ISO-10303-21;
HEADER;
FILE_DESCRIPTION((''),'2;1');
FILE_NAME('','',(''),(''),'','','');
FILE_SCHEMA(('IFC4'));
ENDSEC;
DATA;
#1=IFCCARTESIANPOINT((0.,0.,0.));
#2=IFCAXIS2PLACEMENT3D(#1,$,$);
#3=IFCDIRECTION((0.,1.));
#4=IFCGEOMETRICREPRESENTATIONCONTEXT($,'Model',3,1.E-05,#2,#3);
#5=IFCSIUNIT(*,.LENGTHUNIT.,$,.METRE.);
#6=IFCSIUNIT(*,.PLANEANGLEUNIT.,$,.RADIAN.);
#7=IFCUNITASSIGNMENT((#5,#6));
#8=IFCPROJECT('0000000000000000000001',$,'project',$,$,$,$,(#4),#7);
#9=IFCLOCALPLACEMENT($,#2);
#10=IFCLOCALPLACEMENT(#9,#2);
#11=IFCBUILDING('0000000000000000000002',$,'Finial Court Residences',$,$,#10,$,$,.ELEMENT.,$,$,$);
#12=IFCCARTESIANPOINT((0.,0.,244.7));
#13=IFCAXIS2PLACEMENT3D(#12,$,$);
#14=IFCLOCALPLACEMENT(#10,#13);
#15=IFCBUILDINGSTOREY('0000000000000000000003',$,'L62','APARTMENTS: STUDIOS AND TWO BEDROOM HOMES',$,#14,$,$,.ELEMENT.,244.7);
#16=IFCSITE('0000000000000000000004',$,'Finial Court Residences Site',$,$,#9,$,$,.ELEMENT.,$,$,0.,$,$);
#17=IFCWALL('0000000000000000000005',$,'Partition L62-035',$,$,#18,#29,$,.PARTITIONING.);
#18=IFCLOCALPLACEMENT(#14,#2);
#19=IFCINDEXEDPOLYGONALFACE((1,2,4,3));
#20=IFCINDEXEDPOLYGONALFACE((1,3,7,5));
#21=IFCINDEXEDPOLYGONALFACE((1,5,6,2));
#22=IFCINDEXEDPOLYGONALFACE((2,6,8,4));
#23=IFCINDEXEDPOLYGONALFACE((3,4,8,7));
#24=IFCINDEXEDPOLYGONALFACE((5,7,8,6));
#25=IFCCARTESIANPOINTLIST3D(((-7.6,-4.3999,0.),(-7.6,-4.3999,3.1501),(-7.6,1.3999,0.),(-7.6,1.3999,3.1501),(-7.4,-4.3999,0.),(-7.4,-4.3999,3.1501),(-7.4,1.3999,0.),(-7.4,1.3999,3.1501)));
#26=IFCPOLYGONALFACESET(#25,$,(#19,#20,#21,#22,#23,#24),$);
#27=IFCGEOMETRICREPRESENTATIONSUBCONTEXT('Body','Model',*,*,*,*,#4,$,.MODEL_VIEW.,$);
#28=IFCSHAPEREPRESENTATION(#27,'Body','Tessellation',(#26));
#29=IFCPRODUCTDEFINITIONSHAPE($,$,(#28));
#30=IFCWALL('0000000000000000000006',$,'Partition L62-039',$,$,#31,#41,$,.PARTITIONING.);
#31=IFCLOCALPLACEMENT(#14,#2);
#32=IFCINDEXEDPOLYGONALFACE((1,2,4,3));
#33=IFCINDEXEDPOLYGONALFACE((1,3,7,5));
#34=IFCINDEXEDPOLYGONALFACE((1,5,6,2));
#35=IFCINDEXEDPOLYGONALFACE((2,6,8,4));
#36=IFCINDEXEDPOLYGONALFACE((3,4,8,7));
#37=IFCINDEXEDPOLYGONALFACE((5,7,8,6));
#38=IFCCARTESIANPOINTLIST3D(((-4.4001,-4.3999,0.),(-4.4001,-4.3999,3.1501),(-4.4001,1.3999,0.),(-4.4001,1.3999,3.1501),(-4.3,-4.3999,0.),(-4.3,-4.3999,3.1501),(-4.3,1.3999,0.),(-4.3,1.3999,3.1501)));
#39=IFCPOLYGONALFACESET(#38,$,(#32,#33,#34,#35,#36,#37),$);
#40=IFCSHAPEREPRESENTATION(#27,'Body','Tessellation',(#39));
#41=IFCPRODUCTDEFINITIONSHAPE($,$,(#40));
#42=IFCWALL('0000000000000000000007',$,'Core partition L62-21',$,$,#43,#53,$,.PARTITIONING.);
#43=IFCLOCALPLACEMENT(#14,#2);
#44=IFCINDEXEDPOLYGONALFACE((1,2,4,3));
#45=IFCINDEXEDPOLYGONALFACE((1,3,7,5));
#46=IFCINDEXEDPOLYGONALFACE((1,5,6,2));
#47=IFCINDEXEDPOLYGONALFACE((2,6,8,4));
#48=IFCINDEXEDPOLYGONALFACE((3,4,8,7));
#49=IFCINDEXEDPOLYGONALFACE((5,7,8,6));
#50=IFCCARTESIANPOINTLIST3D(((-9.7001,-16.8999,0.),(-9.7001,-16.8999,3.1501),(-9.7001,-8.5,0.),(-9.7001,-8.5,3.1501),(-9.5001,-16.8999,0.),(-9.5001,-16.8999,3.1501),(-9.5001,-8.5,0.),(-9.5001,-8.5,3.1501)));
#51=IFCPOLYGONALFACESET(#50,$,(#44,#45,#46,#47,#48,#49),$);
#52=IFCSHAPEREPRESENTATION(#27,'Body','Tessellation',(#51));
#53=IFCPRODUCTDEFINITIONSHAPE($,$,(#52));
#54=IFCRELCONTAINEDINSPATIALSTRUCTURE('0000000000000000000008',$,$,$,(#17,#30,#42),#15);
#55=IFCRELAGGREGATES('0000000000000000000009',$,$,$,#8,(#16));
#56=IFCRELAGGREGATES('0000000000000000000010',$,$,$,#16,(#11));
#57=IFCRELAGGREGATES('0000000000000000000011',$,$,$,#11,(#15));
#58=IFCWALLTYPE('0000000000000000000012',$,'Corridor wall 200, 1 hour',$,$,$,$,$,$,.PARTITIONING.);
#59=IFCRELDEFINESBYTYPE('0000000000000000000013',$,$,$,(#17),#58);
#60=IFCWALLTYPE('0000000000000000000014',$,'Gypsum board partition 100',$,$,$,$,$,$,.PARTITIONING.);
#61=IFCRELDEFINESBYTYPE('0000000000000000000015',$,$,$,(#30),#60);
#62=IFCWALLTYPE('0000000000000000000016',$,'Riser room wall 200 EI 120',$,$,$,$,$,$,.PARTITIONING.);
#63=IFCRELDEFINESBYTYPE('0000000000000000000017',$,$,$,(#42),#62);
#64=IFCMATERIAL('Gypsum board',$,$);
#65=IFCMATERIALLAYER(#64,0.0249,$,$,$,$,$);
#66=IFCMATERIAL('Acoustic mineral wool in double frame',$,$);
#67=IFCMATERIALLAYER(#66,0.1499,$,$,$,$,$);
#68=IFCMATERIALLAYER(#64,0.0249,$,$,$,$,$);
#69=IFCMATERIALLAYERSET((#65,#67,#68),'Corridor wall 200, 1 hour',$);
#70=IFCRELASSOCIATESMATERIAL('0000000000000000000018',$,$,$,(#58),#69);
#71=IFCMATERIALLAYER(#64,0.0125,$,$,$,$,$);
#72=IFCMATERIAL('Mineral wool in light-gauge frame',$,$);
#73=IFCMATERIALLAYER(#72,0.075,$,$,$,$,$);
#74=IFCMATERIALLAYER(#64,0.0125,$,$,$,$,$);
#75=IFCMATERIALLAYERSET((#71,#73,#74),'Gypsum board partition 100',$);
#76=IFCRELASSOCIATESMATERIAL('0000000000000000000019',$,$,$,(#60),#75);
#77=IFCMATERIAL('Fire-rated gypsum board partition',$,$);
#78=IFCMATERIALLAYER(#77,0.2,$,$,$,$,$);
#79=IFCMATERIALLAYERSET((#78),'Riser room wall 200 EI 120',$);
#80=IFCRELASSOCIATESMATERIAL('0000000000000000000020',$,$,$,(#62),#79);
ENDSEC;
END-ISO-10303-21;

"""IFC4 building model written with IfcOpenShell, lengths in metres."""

from ifc_helpers import new_model, si_unit, direction, frame, frame_2d, origin, place, context, subcontext, project, spatial, rectangle, extrude, material, layer, layer_set, type_object, element, save


model = new_model("IFC4")

# Units and contexts
model_context = context("Model", 3, precision=1e-05, world=origin(), true_north=direction((0.0, 1.0)))
body_context = subcontext(model_context, "Body", "Model", "MODEL_VIEW")
ifc_project = project(units=[si_unit("LENGTHUNIT", "METRE"), si_unit("PLANEANGLEUNIT", "RADIAN")], contexts=[model_context])

# Site, building, storey
site_placement = place(None, origin())
site = spatial("IfcSite", under=ifc_project, at=site_placement, Name="Finial Court Residences Site", CompositionType="ELEMENT", RefElevation=0.0)
building_placement = place(site_placement, origin())
building = spatial("IfcBuilding", under=site, at=building_placement, Name="Finial Court Residences", CompositionType="ELEMENT")
storey_placement = place(building_placement, frame((0.0, 0.0, 244.7)))
storey = spatial("IfcBuildingStorey", under=building, at=storey_placement, Name="L62", Description="APARTMENTS: STUDIOS AND TWO BEDROOM HOMES", CompositionType="ELEMENT", Elevation=244.7)

# Shared definitions
ifc_material_1 = material(Name="Fire-rated gypsum board partition")

# Shared definitions
ifc_material_2 = material(Name="Gypsum board")
ifc_layer_1 = layer(ifc_material_2, 0.0249)
ifc_material_3 = material(Name="Acoustic mineral wool in double frame")
ifc_layer_2 = layer(ifc_material_3, 0.1499)
ifc_layer_3 = layer(ifc_material_2, 0.0249)
ifc_layer_set_1 = layer_set([ifc_layer_1, ifc_layer_2, ifc_layer_3], Name="Corridor wall 200, 1 hour")
wall_type_1 = type_object("IfcWallType", Name="Corridor wall 200, 1 hour", PredefinedType="PARTITIONING", material=ifc_layer_set_1)

# Walls
for number, where, z_axis, x_axis, name in (
    (1, (-7.5, -4.3999, 0.0), (0.0, 0.0, 1.0), (0.0, 1.0, 0.0), "Partition L62-035"),
):
    element("IfcWall", number, at=place(storey_placement, frame(where, z_axis=z_axis, x_axis=x_axis)), inside=storey, type_object=wall_type_1, Name=name, PredefinedType="PARTITIONING", context=body_context, shape_type="SweptSolid", body=[
        extrude(rectangle(XDim=5.7998, YDim=0.2, at=frame_2d((2.8999, 0.0))), origin(), (0.0, 0.0, 1.0), 3.1501),
    ])
ifc_layer_4 = layer(ifc_material_2, 0.0125)
ifc_material_4 = material(Name="Mineral wool in light-gauge frame")
ifc_layer_5 = layer(ifc_material_4, 0.075)
ifc_layer_6 = layer(ifc_material_2, 0.0125)
ifc_layer_set_2 = layer_set([ifc_layer_4, ifc_layer_5, ifc_layer_6], Name="Gypsum board partition 100")
wall_type_2 = type_object("IfcWallType", Name="Gypsum board partition 100", PredefinedType="PARTITIONING", material=ifc_layer_set_2)
wall_1_placement = place(storey_placement, frame((-4.3501, -4.3999, 0.0), z_axis=(0.0, 0.0, 1.0), x_axis=(0.0, 1.0, 0.0)))
element("IfcWall", 2, at=wall_1_placement, inside=storey, type_object=wall_type_2, Name="Partition L62-039", PredefinedType="PARTITIONING", context=body_context, shape_type="SweptSolid", body=[
    extrude(rectangle(XDim=5.7998, YDim=0.1001, at=frame_2d((2.8999, 0.0))), origin(), (0.0, 0.0, 1.0), 3.1501),
])
ifc_layer_7 = layer(ifc_material_1, 0.2)
ifc_layer_set_3 = layer_set([ifc_layer_7], Name="Riser room wall 200 EI 120")
wall_type_3 = type_object("IfcWallType", Name="Riser room wall 200 EI 120", PredefinedType="PARTITIONING", material=ifc_layer_set_3)
wall_2_placement = place(storey_placement, frame((-9.6001, -16.8999, 0.0), z_axis=(0.0, 0.0, 1.0), x_axis=(0.0, 1.0, 0.0)))
element("IfcWall", 3, at=wall_2_placement, inside=storey, type_object=wall_type_3, Name="Core partition L62-21", PredefinedType="PARTITIONING", context=body_context, shape_type="SweptSolid", body=[
    extrude(rectangle(XDim=8.3999, YDim=0.2, at=frame_2d((4.2, 0.0))), origin(), (0.0, 0.0, 1.0), 3.1501),
])

save(model, "model.ifc")
